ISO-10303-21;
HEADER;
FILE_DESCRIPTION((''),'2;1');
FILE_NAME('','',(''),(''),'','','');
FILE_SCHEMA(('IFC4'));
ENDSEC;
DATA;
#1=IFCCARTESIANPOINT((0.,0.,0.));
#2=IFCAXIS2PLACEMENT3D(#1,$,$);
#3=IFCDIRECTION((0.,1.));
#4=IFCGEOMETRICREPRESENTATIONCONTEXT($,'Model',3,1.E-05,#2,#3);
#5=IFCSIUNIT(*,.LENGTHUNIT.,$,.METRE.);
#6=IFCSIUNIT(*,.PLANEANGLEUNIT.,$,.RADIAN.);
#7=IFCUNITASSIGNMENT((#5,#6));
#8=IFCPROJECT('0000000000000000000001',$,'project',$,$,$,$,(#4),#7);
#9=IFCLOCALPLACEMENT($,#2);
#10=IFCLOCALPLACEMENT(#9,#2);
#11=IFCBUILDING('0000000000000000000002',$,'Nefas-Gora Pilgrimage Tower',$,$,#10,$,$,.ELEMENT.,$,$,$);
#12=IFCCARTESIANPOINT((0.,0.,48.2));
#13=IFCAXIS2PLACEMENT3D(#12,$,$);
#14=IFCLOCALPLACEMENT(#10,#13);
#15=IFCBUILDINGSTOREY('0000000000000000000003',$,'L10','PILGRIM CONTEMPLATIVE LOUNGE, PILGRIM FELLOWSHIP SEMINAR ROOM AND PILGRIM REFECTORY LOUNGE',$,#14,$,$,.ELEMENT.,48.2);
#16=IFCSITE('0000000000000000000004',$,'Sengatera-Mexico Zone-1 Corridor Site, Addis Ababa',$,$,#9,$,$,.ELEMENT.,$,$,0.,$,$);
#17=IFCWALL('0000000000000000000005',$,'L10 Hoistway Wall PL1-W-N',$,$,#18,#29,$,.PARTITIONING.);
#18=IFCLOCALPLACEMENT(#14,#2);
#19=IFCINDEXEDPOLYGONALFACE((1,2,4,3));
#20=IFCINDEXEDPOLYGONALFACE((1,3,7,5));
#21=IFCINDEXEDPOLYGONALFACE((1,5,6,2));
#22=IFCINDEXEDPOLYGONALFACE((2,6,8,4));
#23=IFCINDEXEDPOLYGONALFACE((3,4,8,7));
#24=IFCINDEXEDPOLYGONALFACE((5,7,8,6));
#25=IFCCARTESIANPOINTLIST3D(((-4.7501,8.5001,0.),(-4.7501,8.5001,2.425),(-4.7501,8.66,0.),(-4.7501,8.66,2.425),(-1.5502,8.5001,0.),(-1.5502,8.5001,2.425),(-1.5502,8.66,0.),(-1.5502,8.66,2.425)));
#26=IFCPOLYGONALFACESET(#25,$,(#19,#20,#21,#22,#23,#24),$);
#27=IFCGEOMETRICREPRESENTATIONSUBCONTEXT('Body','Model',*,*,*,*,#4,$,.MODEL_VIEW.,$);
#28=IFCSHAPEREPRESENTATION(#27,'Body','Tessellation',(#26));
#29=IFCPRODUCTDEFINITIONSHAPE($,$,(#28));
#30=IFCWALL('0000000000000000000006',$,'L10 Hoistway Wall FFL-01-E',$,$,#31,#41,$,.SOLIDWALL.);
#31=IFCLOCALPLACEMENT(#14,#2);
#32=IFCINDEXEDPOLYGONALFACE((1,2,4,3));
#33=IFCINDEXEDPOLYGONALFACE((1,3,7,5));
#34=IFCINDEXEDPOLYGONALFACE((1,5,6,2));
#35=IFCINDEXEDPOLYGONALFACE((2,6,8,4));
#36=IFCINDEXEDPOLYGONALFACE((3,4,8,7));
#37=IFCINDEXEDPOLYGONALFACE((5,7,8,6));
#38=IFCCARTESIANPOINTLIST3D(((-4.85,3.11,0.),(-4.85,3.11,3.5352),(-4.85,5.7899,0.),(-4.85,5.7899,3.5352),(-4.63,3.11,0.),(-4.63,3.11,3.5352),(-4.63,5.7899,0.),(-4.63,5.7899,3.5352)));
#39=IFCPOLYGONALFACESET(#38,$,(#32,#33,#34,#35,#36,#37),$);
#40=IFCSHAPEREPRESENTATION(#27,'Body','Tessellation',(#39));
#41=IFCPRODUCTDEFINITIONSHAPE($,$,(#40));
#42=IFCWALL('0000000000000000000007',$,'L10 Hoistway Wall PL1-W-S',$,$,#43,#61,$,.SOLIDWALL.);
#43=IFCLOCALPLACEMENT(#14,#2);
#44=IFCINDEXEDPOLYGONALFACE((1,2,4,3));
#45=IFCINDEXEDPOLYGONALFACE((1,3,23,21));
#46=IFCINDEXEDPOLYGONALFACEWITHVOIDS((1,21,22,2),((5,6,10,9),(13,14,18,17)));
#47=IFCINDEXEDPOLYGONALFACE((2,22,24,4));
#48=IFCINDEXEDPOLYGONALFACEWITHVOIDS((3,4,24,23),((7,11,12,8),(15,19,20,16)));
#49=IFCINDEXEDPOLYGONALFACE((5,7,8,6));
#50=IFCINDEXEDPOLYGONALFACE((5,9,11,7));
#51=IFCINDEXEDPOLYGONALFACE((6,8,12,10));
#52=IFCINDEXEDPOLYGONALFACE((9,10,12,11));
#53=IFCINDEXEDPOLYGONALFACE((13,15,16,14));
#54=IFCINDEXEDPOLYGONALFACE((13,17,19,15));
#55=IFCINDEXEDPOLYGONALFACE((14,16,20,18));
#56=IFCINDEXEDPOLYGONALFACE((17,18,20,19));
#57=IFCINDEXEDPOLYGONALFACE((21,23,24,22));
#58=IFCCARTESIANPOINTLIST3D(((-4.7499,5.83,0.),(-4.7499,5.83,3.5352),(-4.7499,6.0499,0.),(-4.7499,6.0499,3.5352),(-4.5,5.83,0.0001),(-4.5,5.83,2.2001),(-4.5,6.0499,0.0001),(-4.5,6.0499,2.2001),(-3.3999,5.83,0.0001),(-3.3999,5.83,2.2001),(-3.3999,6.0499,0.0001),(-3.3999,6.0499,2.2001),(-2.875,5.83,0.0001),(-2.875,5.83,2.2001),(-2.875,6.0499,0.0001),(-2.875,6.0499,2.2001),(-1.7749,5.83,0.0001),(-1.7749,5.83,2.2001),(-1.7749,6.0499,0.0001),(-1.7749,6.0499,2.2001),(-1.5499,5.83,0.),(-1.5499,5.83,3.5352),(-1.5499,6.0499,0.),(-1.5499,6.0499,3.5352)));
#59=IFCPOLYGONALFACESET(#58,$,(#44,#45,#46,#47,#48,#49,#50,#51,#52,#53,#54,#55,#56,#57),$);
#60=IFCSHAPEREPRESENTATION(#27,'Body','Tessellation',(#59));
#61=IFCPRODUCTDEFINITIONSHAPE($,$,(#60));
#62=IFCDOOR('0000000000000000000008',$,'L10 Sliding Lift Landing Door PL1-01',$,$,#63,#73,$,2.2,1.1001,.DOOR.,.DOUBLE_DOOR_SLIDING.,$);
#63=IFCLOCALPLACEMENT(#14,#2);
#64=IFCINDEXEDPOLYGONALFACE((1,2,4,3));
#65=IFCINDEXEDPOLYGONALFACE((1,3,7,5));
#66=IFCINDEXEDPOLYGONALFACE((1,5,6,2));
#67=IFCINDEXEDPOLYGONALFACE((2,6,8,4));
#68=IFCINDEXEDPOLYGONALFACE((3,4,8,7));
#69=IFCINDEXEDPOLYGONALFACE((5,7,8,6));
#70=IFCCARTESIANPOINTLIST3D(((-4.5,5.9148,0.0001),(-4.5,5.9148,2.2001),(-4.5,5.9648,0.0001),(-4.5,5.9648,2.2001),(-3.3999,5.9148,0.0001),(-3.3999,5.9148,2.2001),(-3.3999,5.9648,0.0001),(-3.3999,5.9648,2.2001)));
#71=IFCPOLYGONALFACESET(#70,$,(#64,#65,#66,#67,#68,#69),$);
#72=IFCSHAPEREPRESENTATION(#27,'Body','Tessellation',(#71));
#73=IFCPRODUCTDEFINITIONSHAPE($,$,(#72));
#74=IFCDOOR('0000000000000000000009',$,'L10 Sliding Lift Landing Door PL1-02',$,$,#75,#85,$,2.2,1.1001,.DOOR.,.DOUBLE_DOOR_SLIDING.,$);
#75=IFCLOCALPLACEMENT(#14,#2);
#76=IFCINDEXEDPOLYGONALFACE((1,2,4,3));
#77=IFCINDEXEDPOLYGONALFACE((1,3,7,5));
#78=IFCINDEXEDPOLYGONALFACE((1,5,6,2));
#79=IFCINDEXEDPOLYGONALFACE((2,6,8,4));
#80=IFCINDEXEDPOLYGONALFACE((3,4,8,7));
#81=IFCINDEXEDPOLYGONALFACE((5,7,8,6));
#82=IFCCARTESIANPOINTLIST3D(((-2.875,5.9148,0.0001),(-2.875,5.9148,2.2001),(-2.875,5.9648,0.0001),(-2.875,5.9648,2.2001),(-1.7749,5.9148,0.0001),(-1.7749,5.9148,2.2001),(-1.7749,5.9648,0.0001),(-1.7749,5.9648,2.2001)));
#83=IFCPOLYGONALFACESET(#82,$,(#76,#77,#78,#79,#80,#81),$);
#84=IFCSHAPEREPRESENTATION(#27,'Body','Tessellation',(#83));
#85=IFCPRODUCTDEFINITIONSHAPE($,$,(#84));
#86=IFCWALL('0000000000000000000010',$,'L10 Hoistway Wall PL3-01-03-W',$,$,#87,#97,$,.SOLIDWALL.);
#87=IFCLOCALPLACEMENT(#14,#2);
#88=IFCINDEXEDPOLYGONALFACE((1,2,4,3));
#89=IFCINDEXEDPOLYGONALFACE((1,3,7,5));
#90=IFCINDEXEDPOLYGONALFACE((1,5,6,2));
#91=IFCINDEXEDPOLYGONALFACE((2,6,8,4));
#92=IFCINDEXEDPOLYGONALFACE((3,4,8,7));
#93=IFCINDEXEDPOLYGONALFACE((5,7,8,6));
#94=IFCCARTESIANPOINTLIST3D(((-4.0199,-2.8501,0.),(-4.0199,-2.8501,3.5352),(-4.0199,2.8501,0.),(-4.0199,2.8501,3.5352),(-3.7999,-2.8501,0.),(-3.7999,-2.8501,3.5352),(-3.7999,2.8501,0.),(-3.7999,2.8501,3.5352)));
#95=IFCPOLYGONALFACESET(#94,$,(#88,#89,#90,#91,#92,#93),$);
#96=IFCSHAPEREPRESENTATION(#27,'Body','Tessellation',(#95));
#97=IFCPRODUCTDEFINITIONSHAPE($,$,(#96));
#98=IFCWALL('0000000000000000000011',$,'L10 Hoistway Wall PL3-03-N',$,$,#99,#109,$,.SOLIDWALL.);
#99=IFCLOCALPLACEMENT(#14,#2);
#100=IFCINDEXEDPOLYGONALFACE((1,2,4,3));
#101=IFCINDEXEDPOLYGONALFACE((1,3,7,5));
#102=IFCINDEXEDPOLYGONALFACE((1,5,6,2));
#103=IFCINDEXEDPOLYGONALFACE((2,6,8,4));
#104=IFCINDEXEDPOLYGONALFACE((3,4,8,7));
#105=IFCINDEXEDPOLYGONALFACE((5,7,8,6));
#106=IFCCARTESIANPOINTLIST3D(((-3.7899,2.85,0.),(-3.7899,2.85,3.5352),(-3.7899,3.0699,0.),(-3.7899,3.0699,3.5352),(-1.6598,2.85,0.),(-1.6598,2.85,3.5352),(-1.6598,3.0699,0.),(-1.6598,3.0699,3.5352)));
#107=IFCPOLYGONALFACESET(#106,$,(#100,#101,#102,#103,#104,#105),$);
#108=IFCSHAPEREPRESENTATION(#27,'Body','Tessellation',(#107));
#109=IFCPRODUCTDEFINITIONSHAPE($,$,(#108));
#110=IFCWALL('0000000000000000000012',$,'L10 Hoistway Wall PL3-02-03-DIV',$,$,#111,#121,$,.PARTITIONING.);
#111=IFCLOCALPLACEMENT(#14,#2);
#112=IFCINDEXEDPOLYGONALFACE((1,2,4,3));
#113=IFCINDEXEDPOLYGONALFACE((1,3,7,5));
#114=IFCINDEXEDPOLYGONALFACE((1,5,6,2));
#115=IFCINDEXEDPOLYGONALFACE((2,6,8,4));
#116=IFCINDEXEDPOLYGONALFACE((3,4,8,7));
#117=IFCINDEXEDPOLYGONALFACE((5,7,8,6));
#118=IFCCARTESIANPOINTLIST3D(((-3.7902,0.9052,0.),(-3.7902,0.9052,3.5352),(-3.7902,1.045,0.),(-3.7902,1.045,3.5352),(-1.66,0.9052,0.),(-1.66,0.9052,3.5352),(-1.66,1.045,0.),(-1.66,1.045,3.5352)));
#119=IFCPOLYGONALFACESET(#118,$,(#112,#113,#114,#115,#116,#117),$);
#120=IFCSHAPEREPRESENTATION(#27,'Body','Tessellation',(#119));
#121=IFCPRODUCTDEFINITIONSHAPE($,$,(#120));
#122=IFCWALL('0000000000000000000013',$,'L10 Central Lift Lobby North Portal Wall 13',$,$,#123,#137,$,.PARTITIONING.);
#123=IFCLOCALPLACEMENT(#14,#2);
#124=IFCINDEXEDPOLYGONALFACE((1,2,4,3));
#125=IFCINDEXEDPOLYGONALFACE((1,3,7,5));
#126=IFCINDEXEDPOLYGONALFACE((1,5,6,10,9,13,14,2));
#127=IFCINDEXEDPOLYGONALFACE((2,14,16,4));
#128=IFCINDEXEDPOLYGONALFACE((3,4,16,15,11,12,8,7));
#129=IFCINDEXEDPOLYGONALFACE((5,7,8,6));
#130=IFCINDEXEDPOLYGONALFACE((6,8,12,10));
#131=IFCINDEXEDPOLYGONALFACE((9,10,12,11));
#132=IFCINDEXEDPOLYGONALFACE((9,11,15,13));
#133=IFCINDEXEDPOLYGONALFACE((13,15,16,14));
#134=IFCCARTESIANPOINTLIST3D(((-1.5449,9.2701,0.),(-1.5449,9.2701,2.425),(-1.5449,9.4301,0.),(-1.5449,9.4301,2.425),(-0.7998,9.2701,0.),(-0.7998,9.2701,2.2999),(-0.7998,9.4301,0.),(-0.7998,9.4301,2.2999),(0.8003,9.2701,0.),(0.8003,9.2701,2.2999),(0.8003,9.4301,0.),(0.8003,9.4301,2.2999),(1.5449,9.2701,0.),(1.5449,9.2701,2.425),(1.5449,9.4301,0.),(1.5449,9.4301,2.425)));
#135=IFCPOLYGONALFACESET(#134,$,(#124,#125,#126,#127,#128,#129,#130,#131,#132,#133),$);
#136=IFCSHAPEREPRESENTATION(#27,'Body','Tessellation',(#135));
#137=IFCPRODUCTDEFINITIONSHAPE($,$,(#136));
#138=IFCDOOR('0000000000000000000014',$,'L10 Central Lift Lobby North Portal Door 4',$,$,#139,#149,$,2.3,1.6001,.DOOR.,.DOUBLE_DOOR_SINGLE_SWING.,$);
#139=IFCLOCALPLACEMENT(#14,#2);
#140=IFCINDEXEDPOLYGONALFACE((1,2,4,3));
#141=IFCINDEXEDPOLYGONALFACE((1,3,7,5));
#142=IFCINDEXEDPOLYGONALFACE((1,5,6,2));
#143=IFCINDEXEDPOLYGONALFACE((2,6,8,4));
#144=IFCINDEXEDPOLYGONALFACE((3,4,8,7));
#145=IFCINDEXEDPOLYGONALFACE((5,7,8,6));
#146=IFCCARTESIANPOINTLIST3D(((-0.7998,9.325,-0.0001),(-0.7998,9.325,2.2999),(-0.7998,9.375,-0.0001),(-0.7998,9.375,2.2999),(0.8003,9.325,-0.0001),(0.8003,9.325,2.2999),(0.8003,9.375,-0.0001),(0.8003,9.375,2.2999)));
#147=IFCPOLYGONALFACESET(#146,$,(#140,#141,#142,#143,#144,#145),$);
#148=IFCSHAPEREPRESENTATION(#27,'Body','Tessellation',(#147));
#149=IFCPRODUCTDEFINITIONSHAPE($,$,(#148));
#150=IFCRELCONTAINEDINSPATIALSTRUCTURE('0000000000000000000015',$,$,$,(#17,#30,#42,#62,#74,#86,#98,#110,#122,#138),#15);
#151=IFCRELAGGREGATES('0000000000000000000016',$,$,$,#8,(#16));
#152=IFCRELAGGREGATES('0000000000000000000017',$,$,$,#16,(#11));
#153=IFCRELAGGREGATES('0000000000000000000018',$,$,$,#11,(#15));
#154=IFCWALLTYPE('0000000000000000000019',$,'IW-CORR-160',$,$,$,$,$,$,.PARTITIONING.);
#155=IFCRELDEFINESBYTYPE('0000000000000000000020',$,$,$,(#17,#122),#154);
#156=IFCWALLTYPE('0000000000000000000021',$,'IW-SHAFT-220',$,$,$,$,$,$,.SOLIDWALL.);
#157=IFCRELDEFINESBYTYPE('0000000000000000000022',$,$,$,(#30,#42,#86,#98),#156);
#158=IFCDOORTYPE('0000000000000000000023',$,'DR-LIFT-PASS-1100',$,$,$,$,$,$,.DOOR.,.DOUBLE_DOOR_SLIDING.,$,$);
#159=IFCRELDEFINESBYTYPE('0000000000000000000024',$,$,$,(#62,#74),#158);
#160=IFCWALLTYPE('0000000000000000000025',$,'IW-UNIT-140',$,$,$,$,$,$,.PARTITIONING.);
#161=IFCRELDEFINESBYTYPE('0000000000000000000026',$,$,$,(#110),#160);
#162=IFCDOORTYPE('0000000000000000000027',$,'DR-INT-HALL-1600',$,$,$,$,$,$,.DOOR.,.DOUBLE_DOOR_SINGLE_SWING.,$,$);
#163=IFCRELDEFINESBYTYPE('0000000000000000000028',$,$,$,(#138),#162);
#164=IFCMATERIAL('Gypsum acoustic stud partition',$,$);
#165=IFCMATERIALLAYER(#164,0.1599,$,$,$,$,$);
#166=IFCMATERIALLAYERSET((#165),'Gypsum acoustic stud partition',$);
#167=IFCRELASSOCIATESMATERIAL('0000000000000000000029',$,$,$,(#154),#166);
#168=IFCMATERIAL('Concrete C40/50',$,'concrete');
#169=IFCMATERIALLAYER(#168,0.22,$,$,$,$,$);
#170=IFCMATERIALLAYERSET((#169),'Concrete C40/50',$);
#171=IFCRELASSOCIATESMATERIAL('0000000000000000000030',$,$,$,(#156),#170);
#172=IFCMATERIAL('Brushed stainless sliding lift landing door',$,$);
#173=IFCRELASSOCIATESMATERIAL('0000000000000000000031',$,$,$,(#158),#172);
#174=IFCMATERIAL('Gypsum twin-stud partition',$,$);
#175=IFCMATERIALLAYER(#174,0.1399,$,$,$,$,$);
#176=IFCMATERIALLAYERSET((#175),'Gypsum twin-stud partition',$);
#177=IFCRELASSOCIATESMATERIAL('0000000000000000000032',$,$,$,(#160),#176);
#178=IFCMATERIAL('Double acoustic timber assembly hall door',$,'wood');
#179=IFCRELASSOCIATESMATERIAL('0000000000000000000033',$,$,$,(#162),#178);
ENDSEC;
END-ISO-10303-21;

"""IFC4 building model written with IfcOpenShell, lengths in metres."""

from ifc_helpers import new_model, si_unit, direction, frame, frame_2d, origin, place, context, subcontext, project, spatial, rectangle, extrude, source, transform, mapped, material, layer, layer_set, type_object, element, fill, save


model = new_model("IFC4")

# Units and contexts
model_context = context("Model", 3, precision=1e-05, world=origin(), true_north=direction((0.0, 1.0)))
body_context = subcontext(model_context, "Body", "Model", "MODEL_VIEW")
ifc_project = project(units=[si_unit("LENGTHUNIT", "METRE"), si_unit("PLANEANGLEUNIT", "RADIAN")], contexts=[model_context])

# Site, building, storey
site_placement = place(None, origin())
site = spatial("IfcSite", under=ifc_project, at=site_placement, Name="Sengatera-Mexico Zone-1 Corridor Site, Addis Ababa", CompositionType="ELEMENT", RefElevation=0.0)
building_placement = place(site_placement, origin())
building = spatial("IfcBuilding", under=site, at=building_placement, Name="Nefas-Gora Pilgrimage Tower", CompositionType="ELEMENT")
storey_placement = place(building_placement, frame((0.0, 0.0, 48.2)))
storey = spatial("IfcBuildingStorey", under=building, at=storey_placement, Name="L10", Description="PILGRIM CONTEMPLATIVE LOUNGE, PILGRIM FELLOWSHIP SEMINAR ROOM AND PILGRIM REFECTORY LOUNGE", CompositionType="ELEMENT", Elevation=48.2)

# Shared definitions
ifc_material_1 = material(Name="Concrete C40/50", Category="concrete")

# Walls
ifc_material_2 = material(Name="Gypsum acoustic stud partition")
ifc_layer_1 = layer(ifc_material_2, 0.1599)
ifc_layer_set_1 = layer_set([ifc_layer_1], Name="Gypsum acoustic stud partition")
wall_type_1 = type_object("IfcWallType", Name="IW-CORR-160", PredefinedType="PARTITIONING", material=ifc_layer_set_1)
shared_shape_1 = source(origin(), body_context, "Body", "SweptSolid", [
    extrude(rectangle(XDim=3.2, YDim=0.1599, at=frame_2d((1.6001, 0.0))), origin(), (0.0, 0.0, 1.0), 2.425),
])
wall_1_placement = place(storey_placement, frame((-1.55, 8.5801, 0.0), z_axis=(0.0, 0.0, 1.0), x_axis=(-1.0, 0.0, 0.0)))
element("IfcWall", 1, at=wall_1_placement, inside=storey, type_object=wall_type_1, Name="L10 Hoistway Wall PL1-W-N", PredefinedType="PARTITIONING", context=body_context, shape_type="MappedRepresentation", body=[
    mapped(shared_shape_1, transform((0.0, 0.0, 0.0), x_axis=(1.0, 0.0, 0.0), y_axis=(0.0, 1.0, 0.0), z_axis=(0.0, 0.0, 1.0), scale=1.0)),
])
ifc_layer_2 = layer(ifc_material_1, 0.22)
ifc_layer_set_2 = layer_set([ifc_layer_2], Name="Concrete C40/50")
wall_type_2 = type_object("IfcWallType", Name="IW-SHAFT-220", PredefinedType="SOLIDWALL", material=ifc_layer_set_2)
shared_shape_2 = source(origin(), body_context, "Body", "SweptSolid", [
    extrude(rectangle(XDim=2.6799, YDim=0.22, at=frame_2d((1.3398, 0.0))), origin(), (0.0, 0.0, 1.0), 3.5352),
])
wall_2_placement = place(storey_placement, frame((-4.74, 3.1101, 0.0), z_axis=(0.0, 0.0, 1.0), x_axis=(0.0, 1.0, 0.0)))
element("IfcWall", 2, at=wall_2_placement, inside=storey, type_object=wall_type_2, Name="L10 Hoistway Wall FFL-01-E", PredefinedType="SOLIDWALL", context=body_context, shape_type="MappedRepresentation", body=[
    mapped(shared_shape_2, transform((0.0, 0.0, 0.0), x_axis=(1.0, 0.0, 0.0), y_axis=(0.0, 1.0, 0.0), z_axis=(0.0, 0.0, 1.0), scale=1.0)),
])

# Wall, openings, doors
shared_shape_3 = source(origin(), body_context, "Body", "SweptSolid", [
    extrude(rectangle(XDim=3.2, YDim=0.22, at=frame_2d((1.6001, 0.0))), origin(), (0.0, 0.0, 1.0), 3.5352),
])
wall_3_placement = place(storey_placement, frame((-4.75, 5.9399, 0.0), z_axis=(0.0, 0.0, 1.0), x_axis=(1.0, 0.0, 0.0)))
wall_3 = element("IfcWall", 3, at=wall_3_placement, inside=storey, type_object=wall_type_2, Name="L10 Hoistway Wall PL1-W-S", PredefinedType="SOLIDWALL", context=body_context, shape_type="MappedRepresentation", body=[
    mapped(shared_shape_3, transform((0.0, 0.0, 0.0), x_axis=(1.0, 0.0, 0.0), y_axis=(0.0, 1.0, 0.0), z_axis=(0.0, 0.0, 1.0), scale=1.0)),
])
opening_1_placement = place(wall_3_placement, frame((0.25, 0.0, 0.0)))
opening_1 = element("IfcOpeningElement", 4, at=opening_1_placement, cuts=wall_3, PredefinedType="OPENING", context=body_context, shape_type="SweptSolid", body=[
    extrude(rectangle(XDim=1.1001, YDim=2.2, at=frame_2d((0.55, 1.1001))), frame((0.0, 0.1199, 0.0), z_axis=(0.0, -1.0, 0.0), x_axis=(1.0, 0.0, 0.0)), (0.0, 0.0, 1.0), 0.24),
])
opening_2_placement = place(wall_3_placement, frame((1.875, 0.0, 0.0)))
opening_2 = element("IfcOpeningElement", 5, at=opening_2_placement, cuts=wall_3, PredefinedType="OPENING", context=body_context, shape_type="SweptSolid", body=[
    extrude(rectangle(XDim=1.1001, YDim=2.2, at=frame_2d((0.55, 1.1001))), frame((0.0, 0.1199, 0.0), z_axis=(0.0, -1.0, 0.0), x_axis=(1.0, 0.0, 0.0)), (0.0, 0.0, 1.0), 0.24),
])
ifc_material_3 = material(Name="Brushed stainless sliding lift landing door")
door_type_1 = type_object("IfcDoorType", Name="DR-LIFT-PASS-1100", OperationType="DOUBLE_DOOR_SLIDING", PredefinedType="DOOR", material=ifc_material_3)
shared_shape_4 = source(origin(), body_context, "Body", "SweptSolid", [
    extrude(rectangle(XDim=1.1001, YDim=2.2, at=frame_2d((0.55, 1.1001))), frame((0.0, 0.0249, 0.0), z_axis=(0.0, -1.0, 0.0), x_axis=(1.0, 0.0, 0.0)), (0.0, 0.0, 1.0), 0.05),
])
door_1_placement = place(opening_1_placement, origin())
door_1 = element("IfcDoor", 6, at=door_1_placement, inside=storey, type_object=door_type_1, Name="L10 Sliding Lift Landing Door PL1-01", OperationType="DOUBLE_DOOR_SLIDING", OverallHeight=2.2, OverallWidth=1.1001, PredefinedType="DOOR", context=body_context, shape_type="MappedRepresentation", body=[
    mapped(shared_shape_4, transform((0.0, 0.0, 0.0), x_axis=(1.0, 0.0, 0.0), y_axis=(0.0, 1.0, 0.0), z_axis=(0.0, 0.0, 1.0), scale=1.0)),
])
fill(opening_1, door_1)
door_2_placement = place(opening_2_placement, origin())
door_2 = element("IfcDoor", 7, at=door_2_placement, inside=storey, type_object=door_type_1, Name="L10 Sliding Lift Landing Door PL1-02", OperationType="DOUBLE_DOOR_SLIDING", OverallHeight=2.2, OverallWidth=1.1001, PredefinedType="DOOR", context=body_context, shape_type="MappedRepresentation", body=[
    mapped(shared_shape_4, transform((0.0, 0.0, 0.0), x_axis=(1.0, 0.0, 0.0), y_axis=(0.0, 1.0, 0.0), z_axis=(0.0, 0.0, 1.0), scale=1.0)),
])
fill(opening_2, door_2)

# Walls
ifc_material_4 = material(Name="Gypsum twin-stud partition")
ifc_layer_3 = layer(ifc_material_4, 0.1399)
ifc_layer_set_3 = layer_set([ifc_layer_3], Name="Gypsum twin-stud partition")
wall_type_3 = type_object("IfcWallType", Name="IW-UNIT-140", PredefinedType="PARTITIONING", material=ifc_layer_set_3)
shared_shape_5 = source(origin(), body_context, "Body", "SweptSolid", [
    extrude(rectangle(XDim=5.7002, YDim=0.22, at=frame_2d((2.8501, 0.0))), origin(), (0.0, 0.0, 1.0), 3.5352),
])
wall_4_placement = place(storey_placement, frame((-3.9099, 2.8501, 0.0), z_axis=(0.0, 0.0, 1.0), x_axis=(0.0, -1.0, 0.0)))
element("IfcWall", 8, at=wall_4_placement, inside=storey, type_object=wall_type_2, Name="L10 Hoistway Wall PL3-01-03-W", PredefinedType="SOLIDWALL", context=body_context, shape_type="MappedRepresentation", body=[
    mapped(shared_shape_5, transform((0.0, 0.0, 0.0), x_axis=(1.0, 0.0, 0.0), y_axis=(0.0, 1.0, 0.0), z_axis=(0.0, 0.0, 1.0), scale=1.0)),
])
shared_shape_6 = source(origin(), body_context, "Body", "SweptSolid", [
    extrude(rectangle(XDim=2.1301, YDim=0.22, at=frame_2d((1.0649, 0.0))), origin(), (0.0, 0.0, 1.0), 3.5352),
])
wall_5_placement = place(storey_placement, frame((-1.6599, 2.96, 0.0), z_axis=(0.0, 0.0, 1.0), x_axis=(-1.0, 0.0, 0.0)))
element("IfcWall", 9, at=wall_5_placement, inside=storey, type_object=wall_type_2, Name="L10 Hoistway Wall PL3-03-N", PredefinedType="SOLIDWALL", context=body_context, shape_type="MappedRepresentation", body=[
    mapped(shared_shape_6, transform((0.0, 0.0, 0.0), x_axis=(1.0, 0.0, 0.0), y_axis=(0.0, 1.0, 0.0), z_axis=(0.0, 0.0, 1.0), scale=1.0)),
])
shared_shape_7 = source(origin(), body_context, "Body", "SweptSolid", [
    extrude(rectangle(XDim=2.1301, YDim=0.1399, at=frame_2d((1.0649, 0.0))), origin(), (0.0, 0.0, 1.0), 3.5352),
])
wall_6_placement = place(storey_placement, frame((-3.79, 0.9751, 0.0), z_axis=(0.0, 0.0, 1.0), x_axis=(1.0, 0.0, 0.0)))
element("IfcWall", 10, at=wall_6_placement, inside=storey, type_object=wall_type_3, Name="L10 Hoistway Wall PL3-02-03-DIV", PredefinedType="PARTITIONING", context=body_context, shape_type="MappedRepresentation", body=[
    mapped(shared_shape_7, transform((0.0, 0.0, 0.0), x_axis=(1.0, 0.0, 0.0), y_axis=(0.0, 1.0, 0.0), z_axis=(0.0, 0.0, 1.0), scale=1.0)),
])

# Wall, opening, door
shared_shape_8 = source(origin(), body_context, "Body", "SweptSolid", [
    extrude(rectangle(XDim=3.0898, YDim=0.1599, at=frame_2d((1.5449, 0.0))), origin(), (0.0, 0.0, 1.0), 2.425),
])
wall_7_placement = place(storey_placement, frame((-1.5449, 9.3501, 0.0), z_axis=(0.0, 0.0, 1.0), x_axis=(1.0, 0.0, 0.0)))
wall_7 = element("IfcWall", 11, at=wall_7_placement, inside=storey, type_object=wall_type_1, Name="L10 Central Lift Lobby North Portal Wall 13", PredefinedType="PARTITIONING", context=body_context, shape_type="MappedRepresentation", body=[
    mapped(shared_shape_8, transform((0.0, 0.0, 0.0), x_axis=(1.0, 0.0, 0.0), y_axis=(0.0, 1.0, 0.0), z_axis=(0.0, 0.0, 1.0), scale=1.0)),
])
opening_3_placement = place(wall_7_placement, frame((0.7451, 0.0, 0.0)))
opening_3 = element("IfcOpeningElement", 12, at=opening_3_placement, cuts=wall_7, PredefinedType="OPENING", context=body_context, shape_type="SweptSolid", body=[
    extrude(rectangle(XDim=1.6001, YDim=2.3, at=frame_2d((0.8, 1.1499))), frame((0.0, 0.0898, 0.0), z_axis=(0.0, -1.0, 0.0), x_axis=(1.0, 0.0, 0.0)), (0.0, 0.0, 1.0), 0.1799),
])
ifc_material_5 = material(Name="Double acoustic timber assembly hall door", Category="wood")
door_type_2 = type_object("IfcDoorType", Name="DR-INT-HALL-1600", OperationType="DOUBLE_DOOR_SINGLE_SWING", PredefinedType="DOOR", material=ifc_material_5)
shared_shape_9 = source(origin(), body_context, "Body", "SweptSolid", [
    extrude(rectangle(XDim=1.6001, YDim=2.3, at=frame_2d((0.8, 1.1499))), frame((0.0, 0.0249, 0.0), z_axis=(0.0, -1.0, 0.0), x_axis=(1.0, 0.0, 0.0)), (0.0, 0.0, 1.0), 0.05),
])
door_3_placement = place(opening_3_placement, origin())
door_3 = element("IfcDoor", 13, at=door_3_placement, inside=storey, type_object=door_type_2, Name="L10 Central Lift Lobby North Portal Door 4", OperationType="DOUBLE_DOOR_SINGLE_SWING", OverallHeight=2.3, OverallWidth=1.6001, PredefinedType="DOOR", context=body_context, shape_type="MappedRepresentation", body=[
    mapped(shared_shape_9, transform((0.0, 0.0, 0.0), x_axis=(1.0, 0.0, 0.0), y_axis=(0.0, 1.0, 0.0), z_axis=(0.0, 0.0, 1.0), scale=1.0)),
])
fill(opening_3, door_3)

save(model, "model.ifc")
